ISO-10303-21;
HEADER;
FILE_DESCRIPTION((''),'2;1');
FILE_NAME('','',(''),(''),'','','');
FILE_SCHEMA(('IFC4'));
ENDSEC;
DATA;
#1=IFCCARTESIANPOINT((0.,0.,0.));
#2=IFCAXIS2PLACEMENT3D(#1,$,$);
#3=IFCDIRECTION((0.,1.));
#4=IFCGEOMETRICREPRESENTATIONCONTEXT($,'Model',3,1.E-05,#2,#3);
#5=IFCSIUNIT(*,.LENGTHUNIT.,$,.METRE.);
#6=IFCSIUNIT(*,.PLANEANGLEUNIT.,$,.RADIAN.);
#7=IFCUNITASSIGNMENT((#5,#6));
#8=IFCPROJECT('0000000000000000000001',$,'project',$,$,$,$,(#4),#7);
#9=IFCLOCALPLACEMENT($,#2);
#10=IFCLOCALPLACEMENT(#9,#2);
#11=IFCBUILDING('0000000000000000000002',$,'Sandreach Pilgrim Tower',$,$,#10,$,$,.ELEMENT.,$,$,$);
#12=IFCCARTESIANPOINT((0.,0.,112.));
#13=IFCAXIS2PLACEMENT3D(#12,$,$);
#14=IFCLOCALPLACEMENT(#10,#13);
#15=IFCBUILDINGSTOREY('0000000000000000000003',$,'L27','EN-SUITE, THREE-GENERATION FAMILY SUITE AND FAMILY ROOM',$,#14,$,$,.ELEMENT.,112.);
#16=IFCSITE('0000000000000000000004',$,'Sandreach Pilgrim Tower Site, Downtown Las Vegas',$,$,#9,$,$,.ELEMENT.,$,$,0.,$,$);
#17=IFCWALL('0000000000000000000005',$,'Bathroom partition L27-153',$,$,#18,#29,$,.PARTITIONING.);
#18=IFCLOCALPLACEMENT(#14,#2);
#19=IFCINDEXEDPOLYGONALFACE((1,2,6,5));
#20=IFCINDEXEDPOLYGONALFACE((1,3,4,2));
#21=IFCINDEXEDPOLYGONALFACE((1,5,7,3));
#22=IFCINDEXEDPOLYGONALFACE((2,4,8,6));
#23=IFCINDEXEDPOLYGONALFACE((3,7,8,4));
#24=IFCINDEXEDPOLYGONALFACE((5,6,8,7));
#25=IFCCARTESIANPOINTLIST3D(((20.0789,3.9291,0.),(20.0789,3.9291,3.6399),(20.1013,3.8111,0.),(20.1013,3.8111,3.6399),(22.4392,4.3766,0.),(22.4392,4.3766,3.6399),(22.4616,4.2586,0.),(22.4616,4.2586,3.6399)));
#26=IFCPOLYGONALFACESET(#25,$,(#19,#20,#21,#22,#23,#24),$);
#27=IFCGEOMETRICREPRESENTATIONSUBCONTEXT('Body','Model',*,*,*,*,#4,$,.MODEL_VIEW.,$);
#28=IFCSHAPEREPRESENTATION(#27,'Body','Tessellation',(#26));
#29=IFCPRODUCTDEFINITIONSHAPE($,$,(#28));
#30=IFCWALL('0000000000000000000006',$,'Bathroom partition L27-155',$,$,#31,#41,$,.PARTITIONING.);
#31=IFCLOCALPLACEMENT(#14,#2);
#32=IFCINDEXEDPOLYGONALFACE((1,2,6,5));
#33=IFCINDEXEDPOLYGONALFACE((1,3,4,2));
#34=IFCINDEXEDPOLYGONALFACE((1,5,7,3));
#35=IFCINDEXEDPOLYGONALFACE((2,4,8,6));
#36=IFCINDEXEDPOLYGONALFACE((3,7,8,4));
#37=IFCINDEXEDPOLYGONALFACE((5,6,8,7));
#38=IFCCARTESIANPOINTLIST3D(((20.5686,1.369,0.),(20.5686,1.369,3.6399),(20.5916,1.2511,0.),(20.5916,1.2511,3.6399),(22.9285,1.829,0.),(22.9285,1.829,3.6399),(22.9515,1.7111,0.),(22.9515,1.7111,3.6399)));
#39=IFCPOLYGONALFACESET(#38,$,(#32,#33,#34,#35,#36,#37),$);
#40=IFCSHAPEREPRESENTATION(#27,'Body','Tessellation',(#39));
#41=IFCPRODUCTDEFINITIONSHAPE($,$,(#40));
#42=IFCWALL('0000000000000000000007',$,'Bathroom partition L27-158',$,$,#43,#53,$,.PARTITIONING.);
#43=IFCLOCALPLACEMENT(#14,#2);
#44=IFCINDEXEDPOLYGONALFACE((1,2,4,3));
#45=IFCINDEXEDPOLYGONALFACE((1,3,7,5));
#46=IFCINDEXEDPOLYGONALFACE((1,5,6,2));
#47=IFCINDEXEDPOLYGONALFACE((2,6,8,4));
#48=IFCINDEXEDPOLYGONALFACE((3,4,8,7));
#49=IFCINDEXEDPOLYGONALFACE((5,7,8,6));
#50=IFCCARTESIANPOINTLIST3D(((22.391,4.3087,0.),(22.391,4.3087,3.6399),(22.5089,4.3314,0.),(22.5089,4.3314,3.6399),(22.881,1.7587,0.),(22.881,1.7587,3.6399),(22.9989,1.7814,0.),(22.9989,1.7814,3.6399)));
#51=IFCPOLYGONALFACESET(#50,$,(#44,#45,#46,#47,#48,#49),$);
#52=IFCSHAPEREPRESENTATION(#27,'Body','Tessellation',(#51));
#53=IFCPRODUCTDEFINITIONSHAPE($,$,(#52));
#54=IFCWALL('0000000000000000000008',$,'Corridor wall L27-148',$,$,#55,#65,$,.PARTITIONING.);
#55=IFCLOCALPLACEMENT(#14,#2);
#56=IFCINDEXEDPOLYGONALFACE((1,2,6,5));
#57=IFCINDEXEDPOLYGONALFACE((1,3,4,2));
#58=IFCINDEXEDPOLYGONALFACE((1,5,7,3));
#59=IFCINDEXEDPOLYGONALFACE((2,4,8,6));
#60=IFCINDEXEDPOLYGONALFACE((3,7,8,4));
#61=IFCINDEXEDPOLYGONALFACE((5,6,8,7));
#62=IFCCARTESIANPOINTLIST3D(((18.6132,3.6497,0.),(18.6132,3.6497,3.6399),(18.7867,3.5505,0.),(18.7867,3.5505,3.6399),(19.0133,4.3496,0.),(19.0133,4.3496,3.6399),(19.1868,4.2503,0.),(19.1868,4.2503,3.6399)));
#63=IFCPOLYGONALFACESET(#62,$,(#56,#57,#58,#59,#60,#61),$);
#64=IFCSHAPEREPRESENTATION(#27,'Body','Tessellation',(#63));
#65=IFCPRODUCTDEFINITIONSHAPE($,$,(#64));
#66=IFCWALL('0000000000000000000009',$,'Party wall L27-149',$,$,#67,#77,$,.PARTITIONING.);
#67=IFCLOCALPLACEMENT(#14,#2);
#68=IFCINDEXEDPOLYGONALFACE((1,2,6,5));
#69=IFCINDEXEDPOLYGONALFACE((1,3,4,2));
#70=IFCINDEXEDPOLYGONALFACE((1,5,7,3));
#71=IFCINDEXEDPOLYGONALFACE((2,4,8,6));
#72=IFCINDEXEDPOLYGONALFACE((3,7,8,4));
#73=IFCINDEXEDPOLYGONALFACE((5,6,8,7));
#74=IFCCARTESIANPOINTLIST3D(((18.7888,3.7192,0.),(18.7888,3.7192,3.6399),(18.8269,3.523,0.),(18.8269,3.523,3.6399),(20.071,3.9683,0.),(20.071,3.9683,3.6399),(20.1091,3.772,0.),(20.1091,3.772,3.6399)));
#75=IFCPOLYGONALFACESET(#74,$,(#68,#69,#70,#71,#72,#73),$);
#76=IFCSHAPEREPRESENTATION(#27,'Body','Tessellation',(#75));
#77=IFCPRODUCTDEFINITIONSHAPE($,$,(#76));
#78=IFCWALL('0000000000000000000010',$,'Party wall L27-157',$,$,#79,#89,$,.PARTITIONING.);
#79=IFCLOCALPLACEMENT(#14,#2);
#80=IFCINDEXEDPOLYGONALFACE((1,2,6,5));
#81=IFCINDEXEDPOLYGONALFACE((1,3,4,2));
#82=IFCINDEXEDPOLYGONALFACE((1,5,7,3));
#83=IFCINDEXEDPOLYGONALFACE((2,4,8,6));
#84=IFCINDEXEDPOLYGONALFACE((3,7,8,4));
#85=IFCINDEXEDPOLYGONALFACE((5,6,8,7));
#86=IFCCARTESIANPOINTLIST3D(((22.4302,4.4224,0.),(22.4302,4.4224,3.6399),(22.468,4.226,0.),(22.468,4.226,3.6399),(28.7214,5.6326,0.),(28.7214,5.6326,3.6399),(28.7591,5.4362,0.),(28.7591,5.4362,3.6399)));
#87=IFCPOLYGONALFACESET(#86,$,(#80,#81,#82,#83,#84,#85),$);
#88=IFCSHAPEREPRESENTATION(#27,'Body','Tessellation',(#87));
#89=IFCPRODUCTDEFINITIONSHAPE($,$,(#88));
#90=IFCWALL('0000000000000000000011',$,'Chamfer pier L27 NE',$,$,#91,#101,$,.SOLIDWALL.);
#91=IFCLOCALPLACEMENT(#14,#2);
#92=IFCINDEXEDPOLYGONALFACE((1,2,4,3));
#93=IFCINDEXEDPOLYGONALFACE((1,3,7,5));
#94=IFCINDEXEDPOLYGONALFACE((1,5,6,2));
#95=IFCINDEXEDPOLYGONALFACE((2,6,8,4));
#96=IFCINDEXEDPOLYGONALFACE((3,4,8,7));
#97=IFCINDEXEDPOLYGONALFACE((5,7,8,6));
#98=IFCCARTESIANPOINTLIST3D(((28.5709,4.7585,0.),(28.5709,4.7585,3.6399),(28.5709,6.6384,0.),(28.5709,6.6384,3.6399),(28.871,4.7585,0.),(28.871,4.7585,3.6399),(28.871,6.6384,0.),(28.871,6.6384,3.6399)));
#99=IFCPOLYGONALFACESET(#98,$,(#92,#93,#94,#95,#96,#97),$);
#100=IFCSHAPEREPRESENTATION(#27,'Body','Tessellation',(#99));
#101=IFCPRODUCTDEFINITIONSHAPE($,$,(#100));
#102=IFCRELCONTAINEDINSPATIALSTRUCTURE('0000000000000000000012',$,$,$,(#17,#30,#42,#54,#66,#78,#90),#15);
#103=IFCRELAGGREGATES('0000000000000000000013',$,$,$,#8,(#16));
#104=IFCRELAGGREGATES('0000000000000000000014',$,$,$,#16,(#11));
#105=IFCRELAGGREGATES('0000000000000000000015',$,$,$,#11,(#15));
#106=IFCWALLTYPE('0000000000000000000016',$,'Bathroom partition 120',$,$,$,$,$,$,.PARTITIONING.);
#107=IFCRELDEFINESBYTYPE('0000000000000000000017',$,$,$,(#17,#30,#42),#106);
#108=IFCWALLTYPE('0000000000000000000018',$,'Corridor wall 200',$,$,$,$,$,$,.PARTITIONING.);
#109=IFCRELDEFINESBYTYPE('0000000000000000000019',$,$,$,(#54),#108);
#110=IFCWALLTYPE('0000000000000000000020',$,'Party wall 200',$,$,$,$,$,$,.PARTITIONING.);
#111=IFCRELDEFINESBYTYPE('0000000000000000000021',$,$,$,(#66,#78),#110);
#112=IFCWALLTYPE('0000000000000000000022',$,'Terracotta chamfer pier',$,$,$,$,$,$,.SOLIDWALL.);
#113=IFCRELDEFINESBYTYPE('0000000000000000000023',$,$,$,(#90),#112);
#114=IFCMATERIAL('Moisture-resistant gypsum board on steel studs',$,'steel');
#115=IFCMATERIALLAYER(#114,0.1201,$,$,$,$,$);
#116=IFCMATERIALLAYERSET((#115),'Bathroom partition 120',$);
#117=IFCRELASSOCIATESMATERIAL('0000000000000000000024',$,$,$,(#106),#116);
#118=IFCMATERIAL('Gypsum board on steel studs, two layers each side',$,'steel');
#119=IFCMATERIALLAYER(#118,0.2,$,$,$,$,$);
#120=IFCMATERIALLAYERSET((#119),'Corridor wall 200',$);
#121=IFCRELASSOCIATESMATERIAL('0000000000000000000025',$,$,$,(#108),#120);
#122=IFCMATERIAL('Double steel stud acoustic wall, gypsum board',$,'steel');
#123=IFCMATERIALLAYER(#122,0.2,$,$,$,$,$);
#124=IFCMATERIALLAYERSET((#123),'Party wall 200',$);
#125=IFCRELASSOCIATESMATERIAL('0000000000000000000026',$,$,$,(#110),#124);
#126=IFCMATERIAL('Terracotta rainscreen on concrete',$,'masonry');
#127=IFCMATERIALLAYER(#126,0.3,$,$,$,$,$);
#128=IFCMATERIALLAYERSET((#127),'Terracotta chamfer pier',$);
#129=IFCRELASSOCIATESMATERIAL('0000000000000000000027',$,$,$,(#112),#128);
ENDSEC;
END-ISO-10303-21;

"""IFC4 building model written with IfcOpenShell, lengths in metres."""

from ifc_helpers import new_model, si_unit, direction, frame, frame_2d, origin, place, context, subcontext, project, spatial, rectangle, extrude, material, layer, layer_set, type_object, element, save


model = new_model("IFC4")

# Units and contexts
model_context = context("Model", 3, precision=1e-05, world=origin(), true_north=direction((0.0, 1.0)))
body_context = subcontext(model_context, "Body", "Model", "MODEL_VIEW")
ifc_project = project(units=[si_unit("LENGTHUNIT", "METRE"), si_unit("PLANEANGLEUNIT", "RADIAN")], contexts=[model_context])

# Site, building, storey
site_placement = place(None, origin())
site = spatial("IfcSite", under=ifc_project, at=site_placement, Name="Sandreach Pilgrim Tower Site, Downtown Las Vegas", CompositionType="ELEMENT", RefElevation=0.0)
building_placement = place(site_placement, origin())
building = spatial("IfcBuilding", under=site, at=building_placement, Name="Sandreach Pilgrim Tower", CompositionType="ELEMENT")
storey_placement = place(building_placement, frame((0.0, 0.0, 112.0)))
storey = spatial("IfcBuildingStorey", under=building, at=storey_placement, Name="L27", Description="EN-SUITE, THREE-GENERATION FAMILY SUITE AND FAMILY ROOM", CompositionType="ELEMENT", Elevation=112.0)

# Shared definitions
ifc_material_1 = material(Name="Moisture-resistant gypsum board on steel studs", Category="steel")
ifc_layer_1 = layer(ifc_material_1, 0.1201)
ifc_layer_set_1 = layer_set([ifc_layer_1], Name="Bathroom partition 120")
wall_type_1 = type_object("IfcWallType", Name="Bathroom partition 120", PredefinedType="PARTITIONING", material=ifc_layer_set_1)

# Walls
wall_1_placement = place(storey_placement, frame((20.0901, 3.8701, 0.0), z_axis=(0.0, 0.0, 1.0), x_axis=(0.982497, 0.186276, 0.0)))
element("IfcWall", 1, at=wall_1_placement, inside=storey, type_object=wall_type_1, Name="Bathroom partition L27-153", PredefinedType="PARTITIONING", context=body_context, shape_type="SweptSolid", body=[
    extrude(rectangle(XDim=2.4023, YDim=0.1201, at=frame_2d((1.2012, 0.0))), origin(), (0.0, 0.0, 1.0), 3.6399),
])
wall_2_placement = place(storey_placement, frame((20.5801, 1.3101, 0.0), z_axis=(0.0, 0.0, 1.0), x_axis=(0.98153, 0.19131, 0.0)))
element("IfcWall", 2, at=wall_2_placement, inside=storey, type_object=wall_type_1, Name="Bathroom partition L27-155", PredefinedType="PARTITIONING", context=body_context, shape_type="SweptSolid", body=[
    extrude(rectangle(XDim=2.4043, YDim=0.1201, at=frame_2d((1.2021, 0.0))), origin(), (0.0, 0.0, 1.0), 3.6399),
])
wall_3_placement = place(storey_placement, frame((22.9399, 1.77, 0.0), z_axis=(0.0, 0.0, 1.0), x_axis=(-0.188697, 0.982035, 0.0)))
element("IfcWall", 3, at=wall_3_placement, inside=storey, type_object=wall_type_1, Name="Bathroom partition L27-158", PredefinedType="PARTITIONING", context=body_context, shape_type="SweptSolid", body=[
    extrude(rectangle(XDim=2.5967, YDim=0.1201, at=frame_2d((1.2983, 0.0))), origin(), (0.0, 0.0, 1.0), 3.6399),
])

# Shared definitions
ifc_material_2 = material(Name="Gypsum board on steel studs, two layers each side", Category="steel")
ifc_layer_2 = layer(ifc_material_2, 0.2)
ifc_layer_set_2 = layer_set([ifc_layer_2], Name="Corridor wall 200")
wall_type_2 = type_object("IfcWallType", Name="Corridor wall 200", PredefinedType="PARTITIONING", material=ifc_layer_set_2)

# Walls
wall_4_placement = place(storey_placement, frame((18.7, 3.6001, 0.0), z_axis=(0.0, 0.0, 1.0), x_axis=(0.496302, 0.86815, 0.0)))
element("IfcWall", 4, at=wall_4_placement, inside=storey, type_object=wall_type_2, Name="Corridor wall L27-148", PredefinedType="PARTITIONING", context=body_context, shape_type="SweptSolid", body=[
    extrude(rectangle(XDim=0.8062, YDim=0.2, at=frame_2d((0.4031, 0.0))), origin(), (0.0, 0.0, 1.0), 3.6399),
])
ifc_material_3 = material(Name="Double steel stud acoustic wall, gypsum board", Category="steel")
ifc_layer_3 = layer(ifc_material_3, 0.2)
ifc_layer_set_3 = layer_set([ifc_layer_3], Name="Party wall 200")
wall_type_3 = type_object("IfcWallType", Name="Party wall 200", PredefinedType="PARTITIONING", material=ifc_layer_set_3)
wall_5_placement = place(storey_placement, frame((18.8079, 3.6211, 0.0), z_axis=(0.0, 0.0, 1.0), x_axis=(0.981658, 0.19065, 0.0)))
element("IfcWall", 5, at=wall_5_placement, inside=storey, type_object=wall_type_3, Name="Party wall L27-149", PredefinedType="PARTITIONING", context=body_context, shape_type="SweptSolid", body=[
    extrude(rectangle(XDim=1.3062, YDim=0.2, at=frame_2d((0.6531, 0.0))), origin(), (0.0, 0.0, 1.0), 3.6399),
])
wall_6_placement = place(storey_placement, frame((22.4492, 4.3242, 0.0), z_axis=(0.0, 0.0, 1.0), x_axis=(0.981996, 0.1889, 0.0)))
element("IfcWall", 6, at=wall_6_placement, inside=storey, type_object=wall_type_3, Name="Party wall L27-157", PredefinedType="PARTITIONING", context=body_context, shape_type="SweptSolid", body=[
    extrude(rectangle(XDim=6.4065, YDim=0.2, at=frame_2d((3.2031, 0.0))), origin(), (0.0, 0.0, 1.0), 3.6399),
])
ifc_material_4 = material(Name="Terracotta rainscreen on concrete", Category="masonry")
ifc_layer_4 = layer(ifc_material_4, 0.3)
ifc_layer_set_4 = layer_set([ifc_layer_4], Name="Terracotta chamfer pier")
wall_type_4 = type_object("IfcWallType", Name="Terracotta chamfer pier", PredefinedType="SOLIDWALL", material=ifc_layer_set_4)
wall_7_placement = place(storey_placement, frame((28.7209, 6.6384, 0.0), z_axis=(0.0, 0.0, 1.0), x_axis=(0.0, -1.0, 0.0)))
element("IfcWall", 7, at=wall_7_placement, inside=storey, type_object=wall_type_4, Name="Chamfer pier L27 NE", PredefinedType="SOLIDWALL", context=body_context, shape_type="SweptSolid", body=[
    extrude(rectangle(XDim=1.8799, YDim=0.3, at=frame_2d((0.9399, 0.0))), origin(), (0.0, 0.0, 1.0), 3.6399),
])

save(model, "model.ifc")
